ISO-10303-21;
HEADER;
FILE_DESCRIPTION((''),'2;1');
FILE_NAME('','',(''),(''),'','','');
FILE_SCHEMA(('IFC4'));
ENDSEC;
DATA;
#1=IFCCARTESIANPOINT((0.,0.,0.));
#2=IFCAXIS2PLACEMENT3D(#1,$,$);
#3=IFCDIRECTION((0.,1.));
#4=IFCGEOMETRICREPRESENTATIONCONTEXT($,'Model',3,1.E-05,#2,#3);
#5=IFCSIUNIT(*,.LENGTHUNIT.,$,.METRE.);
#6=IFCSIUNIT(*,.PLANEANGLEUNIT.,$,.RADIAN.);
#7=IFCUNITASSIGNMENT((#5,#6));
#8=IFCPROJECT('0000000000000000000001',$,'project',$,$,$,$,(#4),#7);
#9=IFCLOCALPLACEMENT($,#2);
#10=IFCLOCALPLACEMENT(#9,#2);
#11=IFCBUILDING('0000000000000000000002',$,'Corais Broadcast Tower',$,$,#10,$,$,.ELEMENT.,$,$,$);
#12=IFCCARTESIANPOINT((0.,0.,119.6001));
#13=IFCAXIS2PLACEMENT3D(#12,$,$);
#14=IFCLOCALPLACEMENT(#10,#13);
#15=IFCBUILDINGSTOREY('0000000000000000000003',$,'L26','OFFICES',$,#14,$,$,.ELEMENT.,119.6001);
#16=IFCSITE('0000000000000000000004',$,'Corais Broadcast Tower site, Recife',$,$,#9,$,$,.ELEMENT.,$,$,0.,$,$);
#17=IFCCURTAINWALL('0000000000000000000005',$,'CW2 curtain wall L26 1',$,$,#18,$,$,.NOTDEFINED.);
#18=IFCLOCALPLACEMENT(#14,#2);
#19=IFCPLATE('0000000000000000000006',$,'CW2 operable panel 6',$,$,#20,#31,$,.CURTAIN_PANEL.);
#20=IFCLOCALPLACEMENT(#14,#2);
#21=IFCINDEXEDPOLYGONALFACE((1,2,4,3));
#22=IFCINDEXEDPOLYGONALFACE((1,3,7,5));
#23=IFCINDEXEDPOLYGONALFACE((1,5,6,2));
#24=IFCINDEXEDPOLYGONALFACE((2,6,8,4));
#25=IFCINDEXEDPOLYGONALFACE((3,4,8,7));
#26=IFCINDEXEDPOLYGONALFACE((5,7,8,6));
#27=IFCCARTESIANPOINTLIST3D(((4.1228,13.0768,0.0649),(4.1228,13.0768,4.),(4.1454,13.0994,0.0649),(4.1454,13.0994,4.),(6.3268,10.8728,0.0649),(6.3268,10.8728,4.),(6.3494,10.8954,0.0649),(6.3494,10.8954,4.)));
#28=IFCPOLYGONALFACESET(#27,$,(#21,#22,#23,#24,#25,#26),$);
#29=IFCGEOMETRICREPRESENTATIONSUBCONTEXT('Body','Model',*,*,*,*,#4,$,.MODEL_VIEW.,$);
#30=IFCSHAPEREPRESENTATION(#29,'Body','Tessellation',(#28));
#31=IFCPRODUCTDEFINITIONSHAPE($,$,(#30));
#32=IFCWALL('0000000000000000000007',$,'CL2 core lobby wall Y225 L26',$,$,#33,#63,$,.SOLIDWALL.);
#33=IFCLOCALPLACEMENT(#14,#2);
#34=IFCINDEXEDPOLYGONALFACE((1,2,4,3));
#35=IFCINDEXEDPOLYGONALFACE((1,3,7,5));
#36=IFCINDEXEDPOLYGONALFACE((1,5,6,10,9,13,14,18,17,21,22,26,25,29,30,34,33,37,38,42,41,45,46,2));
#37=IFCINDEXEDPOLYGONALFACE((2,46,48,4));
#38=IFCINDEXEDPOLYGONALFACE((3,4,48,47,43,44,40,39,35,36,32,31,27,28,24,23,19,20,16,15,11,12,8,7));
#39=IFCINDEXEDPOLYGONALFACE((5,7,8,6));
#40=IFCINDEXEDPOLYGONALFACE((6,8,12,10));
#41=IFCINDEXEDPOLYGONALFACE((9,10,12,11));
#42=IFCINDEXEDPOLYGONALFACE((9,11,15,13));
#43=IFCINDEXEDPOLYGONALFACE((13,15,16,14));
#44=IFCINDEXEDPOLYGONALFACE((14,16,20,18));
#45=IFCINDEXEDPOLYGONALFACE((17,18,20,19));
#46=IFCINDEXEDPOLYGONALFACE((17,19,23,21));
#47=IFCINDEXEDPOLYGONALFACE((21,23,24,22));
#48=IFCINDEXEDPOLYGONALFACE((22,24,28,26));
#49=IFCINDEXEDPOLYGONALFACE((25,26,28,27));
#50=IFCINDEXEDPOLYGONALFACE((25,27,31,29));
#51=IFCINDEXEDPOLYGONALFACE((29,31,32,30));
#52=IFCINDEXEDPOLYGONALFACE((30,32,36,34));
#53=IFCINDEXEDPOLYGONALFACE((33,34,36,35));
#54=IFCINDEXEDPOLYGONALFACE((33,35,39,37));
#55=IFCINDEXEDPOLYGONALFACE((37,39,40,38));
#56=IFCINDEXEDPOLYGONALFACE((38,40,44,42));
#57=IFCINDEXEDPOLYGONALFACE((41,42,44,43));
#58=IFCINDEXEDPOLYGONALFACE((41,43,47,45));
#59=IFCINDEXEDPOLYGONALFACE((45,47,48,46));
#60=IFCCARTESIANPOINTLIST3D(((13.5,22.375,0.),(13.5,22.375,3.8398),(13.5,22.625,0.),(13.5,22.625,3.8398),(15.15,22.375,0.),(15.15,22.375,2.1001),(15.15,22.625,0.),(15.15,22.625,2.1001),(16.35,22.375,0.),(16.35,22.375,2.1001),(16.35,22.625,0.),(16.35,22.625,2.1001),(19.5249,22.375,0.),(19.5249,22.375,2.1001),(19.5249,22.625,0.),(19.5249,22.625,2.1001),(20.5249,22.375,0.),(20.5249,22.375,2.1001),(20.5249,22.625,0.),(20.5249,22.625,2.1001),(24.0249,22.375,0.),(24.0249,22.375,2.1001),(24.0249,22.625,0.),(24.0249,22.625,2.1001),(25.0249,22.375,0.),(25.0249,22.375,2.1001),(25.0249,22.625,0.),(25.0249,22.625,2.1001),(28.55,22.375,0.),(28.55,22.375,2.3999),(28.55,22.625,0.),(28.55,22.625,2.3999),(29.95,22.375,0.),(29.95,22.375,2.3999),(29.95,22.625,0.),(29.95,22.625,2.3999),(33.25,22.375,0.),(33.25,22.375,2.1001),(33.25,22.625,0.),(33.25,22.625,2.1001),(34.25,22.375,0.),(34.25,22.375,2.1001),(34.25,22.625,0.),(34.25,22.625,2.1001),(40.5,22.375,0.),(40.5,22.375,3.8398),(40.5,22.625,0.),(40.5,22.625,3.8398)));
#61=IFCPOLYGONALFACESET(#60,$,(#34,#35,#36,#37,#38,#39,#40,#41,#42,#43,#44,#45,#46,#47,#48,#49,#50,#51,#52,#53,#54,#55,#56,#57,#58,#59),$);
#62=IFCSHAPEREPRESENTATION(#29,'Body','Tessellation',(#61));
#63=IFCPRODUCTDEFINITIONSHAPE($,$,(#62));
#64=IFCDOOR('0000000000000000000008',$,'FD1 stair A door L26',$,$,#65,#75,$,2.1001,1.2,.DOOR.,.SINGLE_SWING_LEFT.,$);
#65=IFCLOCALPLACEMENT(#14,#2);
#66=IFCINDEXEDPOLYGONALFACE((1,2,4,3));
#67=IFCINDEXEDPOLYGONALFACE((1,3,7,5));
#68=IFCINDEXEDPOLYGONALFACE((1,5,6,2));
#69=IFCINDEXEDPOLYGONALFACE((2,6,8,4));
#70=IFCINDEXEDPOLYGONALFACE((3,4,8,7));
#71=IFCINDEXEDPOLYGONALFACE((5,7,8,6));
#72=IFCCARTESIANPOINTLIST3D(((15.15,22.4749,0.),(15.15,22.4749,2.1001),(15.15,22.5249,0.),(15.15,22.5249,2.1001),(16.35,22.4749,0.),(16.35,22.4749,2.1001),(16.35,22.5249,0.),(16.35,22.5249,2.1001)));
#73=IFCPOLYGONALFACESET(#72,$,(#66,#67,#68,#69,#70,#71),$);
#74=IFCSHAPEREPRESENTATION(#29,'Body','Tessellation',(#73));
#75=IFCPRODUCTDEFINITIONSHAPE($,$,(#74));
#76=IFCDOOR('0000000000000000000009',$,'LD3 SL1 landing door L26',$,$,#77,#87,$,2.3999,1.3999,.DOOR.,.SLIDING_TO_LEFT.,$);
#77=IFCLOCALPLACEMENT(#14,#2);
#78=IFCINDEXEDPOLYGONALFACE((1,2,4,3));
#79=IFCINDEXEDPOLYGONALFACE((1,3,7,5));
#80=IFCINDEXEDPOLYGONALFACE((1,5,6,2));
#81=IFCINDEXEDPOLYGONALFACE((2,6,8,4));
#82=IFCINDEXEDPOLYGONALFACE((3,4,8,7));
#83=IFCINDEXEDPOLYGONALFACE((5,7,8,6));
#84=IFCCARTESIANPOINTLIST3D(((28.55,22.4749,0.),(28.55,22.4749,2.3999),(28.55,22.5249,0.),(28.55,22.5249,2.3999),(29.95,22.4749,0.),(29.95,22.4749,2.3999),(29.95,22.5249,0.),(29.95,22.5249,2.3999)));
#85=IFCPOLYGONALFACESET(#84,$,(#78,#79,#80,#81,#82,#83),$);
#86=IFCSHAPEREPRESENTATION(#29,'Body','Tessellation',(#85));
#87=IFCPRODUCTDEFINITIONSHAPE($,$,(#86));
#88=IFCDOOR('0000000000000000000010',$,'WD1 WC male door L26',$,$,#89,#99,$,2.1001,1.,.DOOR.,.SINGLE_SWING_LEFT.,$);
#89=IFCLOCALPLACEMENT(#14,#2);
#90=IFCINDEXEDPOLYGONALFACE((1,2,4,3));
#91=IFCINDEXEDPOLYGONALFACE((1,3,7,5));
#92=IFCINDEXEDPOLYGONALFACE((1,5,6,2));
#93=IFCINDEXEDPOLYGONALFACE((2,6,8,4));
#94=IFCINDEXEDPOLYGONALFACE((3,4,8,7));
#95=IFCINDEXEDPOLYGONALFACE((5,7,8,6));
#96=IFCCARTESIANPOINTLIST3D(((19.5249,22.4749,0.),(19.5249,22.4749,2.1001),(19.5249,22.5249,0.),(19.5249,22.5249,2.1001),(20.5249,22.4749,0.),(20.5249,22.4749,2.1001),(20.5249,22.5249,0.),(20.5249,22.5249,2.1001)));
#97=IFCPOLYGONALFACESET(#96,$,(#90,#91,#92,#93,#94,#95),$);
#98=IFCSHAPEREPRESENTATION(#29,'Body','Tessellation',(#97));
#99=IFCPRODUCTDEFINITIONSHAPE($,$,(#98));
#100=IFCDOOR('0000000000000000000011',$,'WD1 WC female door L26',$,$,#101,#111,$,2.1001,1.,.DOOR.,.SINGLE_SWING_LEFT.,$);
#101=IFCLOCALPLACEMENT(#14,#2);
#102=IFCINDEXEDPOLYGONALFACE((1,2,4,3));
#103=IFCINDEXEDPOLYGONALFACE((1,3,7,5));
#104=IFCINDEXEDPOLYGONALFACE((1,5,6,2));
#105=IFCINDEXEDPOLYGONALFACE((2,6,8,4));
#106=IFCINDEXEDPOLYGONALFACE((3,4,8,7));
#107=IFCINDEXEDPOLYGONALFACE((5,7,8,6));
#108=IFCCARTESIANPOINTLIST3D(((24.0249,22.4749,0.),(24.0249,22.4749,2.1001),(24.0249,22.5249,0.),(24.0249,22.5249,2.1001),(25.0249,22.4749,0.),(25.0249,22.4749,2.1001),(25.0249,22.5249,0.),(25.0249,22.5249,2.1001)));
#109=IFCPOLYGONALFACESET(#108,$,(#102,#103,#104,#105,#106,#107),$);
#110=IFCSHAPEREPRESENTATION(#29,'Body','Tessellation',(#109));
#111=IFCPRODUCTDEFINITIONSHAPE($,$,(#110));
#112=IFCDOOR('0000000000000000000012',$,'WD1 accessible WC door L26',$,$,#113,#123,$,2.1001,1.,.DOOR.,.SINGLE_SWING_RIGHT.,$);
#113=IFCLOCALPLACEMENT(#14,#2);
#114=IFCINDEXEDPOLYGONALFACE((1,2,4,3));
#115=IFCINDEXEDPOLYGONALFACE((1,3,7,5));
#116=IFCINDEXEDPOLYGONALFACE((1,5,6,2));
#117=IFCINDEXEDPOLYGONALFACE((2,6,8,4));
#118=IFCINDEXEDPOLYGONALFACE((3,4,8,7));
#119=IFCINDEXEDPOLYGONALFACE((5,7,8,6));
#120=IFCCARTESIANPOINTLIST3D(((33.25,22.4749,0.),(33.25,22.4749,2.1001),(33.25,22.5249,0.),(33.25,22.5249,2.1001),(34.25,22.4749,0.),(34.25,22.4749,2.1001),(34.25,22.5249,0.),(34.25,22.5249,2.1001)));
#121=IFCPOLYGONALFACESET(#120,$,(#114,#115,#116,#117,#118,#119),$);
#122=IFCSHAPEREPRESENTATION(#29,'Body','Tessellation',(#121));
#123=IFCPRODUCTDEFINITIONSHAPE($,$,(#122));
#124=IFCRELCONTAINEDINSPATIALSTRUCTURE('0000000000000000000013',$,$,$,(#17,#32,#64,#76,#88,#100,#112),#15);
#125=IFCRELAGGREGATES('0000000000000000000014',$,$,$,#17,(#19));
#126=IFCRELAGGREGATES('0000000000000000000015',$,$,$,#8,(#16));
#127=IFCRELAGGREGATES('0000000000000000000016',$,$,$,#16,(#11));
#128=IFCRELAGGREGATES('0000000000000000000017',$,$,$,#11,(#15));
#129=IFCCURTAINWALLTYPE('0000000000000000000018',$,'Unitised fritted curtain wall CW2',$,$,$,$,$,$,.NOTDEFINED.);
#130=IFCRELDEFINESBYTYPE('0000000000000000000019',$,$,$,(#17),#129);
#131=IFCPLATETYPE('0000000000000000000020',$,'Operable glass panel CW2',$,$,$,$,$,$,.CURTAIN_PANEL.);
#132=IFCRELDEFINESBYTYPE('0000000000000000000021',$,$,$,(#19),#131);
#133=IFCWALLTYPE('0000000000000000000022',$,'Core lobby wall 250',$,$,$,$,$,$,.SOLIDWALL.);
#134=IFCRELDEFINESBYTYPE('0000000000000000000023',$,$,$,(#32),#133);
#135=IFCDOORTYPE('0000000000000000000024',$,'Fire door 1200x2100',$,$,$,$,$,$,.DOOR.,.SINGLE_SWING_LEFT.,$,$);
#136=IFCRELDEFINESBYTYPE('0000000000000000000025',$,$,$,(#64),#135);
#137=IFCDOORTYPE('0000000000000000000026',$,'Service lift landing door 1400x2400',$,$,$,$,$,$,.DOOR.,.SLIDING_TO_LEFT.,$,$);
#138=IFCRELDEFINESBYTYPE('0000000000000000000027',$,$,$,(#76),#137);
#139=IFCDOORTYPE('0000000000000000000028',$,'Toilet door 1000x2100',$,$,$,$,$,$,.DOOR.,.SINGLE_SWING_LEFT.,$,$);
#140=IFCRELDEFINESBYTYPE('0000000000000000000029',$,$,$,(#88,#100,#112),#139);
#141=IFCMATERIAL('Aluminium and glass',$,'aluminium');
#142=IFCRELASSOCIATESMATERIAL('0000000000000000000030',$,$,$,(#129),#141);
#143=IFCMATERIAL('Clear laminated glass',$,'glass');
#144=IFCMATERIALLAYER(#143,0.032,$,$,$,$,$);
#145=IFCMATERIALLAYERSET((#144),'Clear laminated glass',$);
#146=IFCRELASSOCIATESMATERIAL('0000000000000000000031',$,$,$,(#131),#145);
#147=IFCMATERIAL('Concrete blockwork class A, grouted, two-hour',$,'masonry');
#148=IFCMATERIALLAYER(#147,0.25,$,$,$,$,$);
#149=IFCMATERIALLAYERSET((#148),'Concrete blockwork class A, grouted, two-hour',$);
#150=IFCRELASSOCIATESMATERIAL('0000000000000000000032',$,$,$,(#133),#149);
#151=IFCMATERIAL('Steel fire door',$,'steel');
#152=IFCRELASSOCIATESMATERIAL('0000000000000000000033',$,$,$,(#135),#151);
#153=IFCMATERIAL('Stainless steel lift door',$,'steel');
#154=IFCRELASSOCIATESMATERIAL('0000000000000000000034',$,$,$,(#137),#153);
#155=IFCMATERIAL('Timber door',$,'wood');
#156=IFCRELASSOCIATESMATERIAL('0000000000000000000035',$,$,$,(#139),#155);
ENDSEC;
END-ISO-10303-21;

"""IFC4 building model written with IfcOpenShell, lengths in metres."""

from ifc_helpers import new_model, si_unit, direction, frame, frame_2d, origin, origin_2d, place, context, subcontext, project, spatial, rectangle, extrude, material, layer, layer_set, type_object, element, fill, aggregate, save


model = new_model("IFC4")

# Units and contexts
model_context = context("Model", 3, precision=1e-05, world=origin(), true_north=direction((0.0, 1.0)))
body_context = subcontext(model_context, "Body", "Model", "MODEL_VIEW")
ifc_project = project(units=[si_unit("LENGTHUNIT", "METRE"), si_unit("PLANEANGLEUNIT", "RADIAN")], contexts=[model_context])

# Site, building, storey
site_placement = place(None, origin())
site = spatial("IfcSite", under=ifc_project, at=site_placement, Name="Corais Broadcast Tower site, Recife", CompositionType="ELEMENT", RefElevation=0.0)
building_placement = place(site_placement, origin())
building = spatial("IfcBuilding", under=site, at=building_placement, Name="Corais Broadcast Tower", CompositionType="ELEMENT")
storey_placement = place(building_placement, frame((0.0, 0.0, 119.6001)))
storey = spatial("IfcBuildingStorey", under=building, at=storey_placement, Name="L26", Description="OFFICES", CompositionType="ELEMENT", Elevation=119.6001)

# Curtain wall, plate
ifc_material_1 = material(Name="Aluminium and glass", Category="aluminium")
curtain_wall_type = type_object("IfcCurtainWallType", Name="Unitised fritted curtain wall CW2", PredefinedType="NOTDEFINED", material=ifc_material_1)
curtain_wall_placement = place(storey_placement, origin())
curtain_wall = element("IfcCurtainWall", 1, at=curtain_wall_placement, inside=storey, type_object=curtain_wall_type, Name="CW2 curtain wall L26 1", PredefinedType="NOTDEFINED")
ifc_material_2 = material(Name="Clear laminated glass", Category="glass")
ifc_layer_1 = layer(ifc_material_2, 0.032)
ifc_layer_set_1 = layer_set([ifc_layer_1], Name="Clear laminated glass")
plate_type = type_object("IfcPlateType", Name="Operable glass panel CW2", PredefinedType="CURTAIN_PANEL", material=ifc_layer_set_1)
plate_placement = place(storey_placement, frame((5.2361, 11.9861, 0.0649), z_axis=(0.0, 0.0, 1.0), x_axis=(-0.707107, 0.707107, 0.0)))
plate = element("IfcPlate", 2, at=plate_placement, type_object=plate_type, Name="CW2 operable panel 6", PredefinedType="CURTAIN_PANEL", context=body_context, shape_type="SweptSolid", body=[
    extrude(rectangle(XDim=3.1169, YDim=0.032, at=origin_2d()), origin(), (0.0, 0.0, 1.0), 3.9351),
])
aggregate(curtain_wall, [plate])

# Wall, openings, doors
ifc_material_3 = material(Name="Concrete blockwork class A, grouted, two-hour", Category="masonry")
ifc_layer_2 = layer(ifc_material_3, 0.25)
ifc_layer_set_2 = layer_set([ifc_layer_2], Name="Concrete blockwork class A, grouted, two-hour")
wall_type_1 = type_object("IfcWallType", Name="Core lobby wall 250", PredefinedType="SOLIDWALL", material=ifc_layer_set_2)
wall_1_placement = place(storey_placement, frame((13.5, 22.5, 0.0), z_axis=(0.0, 0.0, 1.0), x_axis=(1.0, 0.0, 0.0)))
wall_1 = element("IfcWall", 3, at=wall_1_placement, inside=storey, type_object=wall_type_1, Name="CL2 core lobby wall Y225 L26", PredefinedType="SOLIDWALL", context=body_context, shape_type="SweptSolid", body=[
    extrude(rectangle(XDim=27.0, YDim=0.25, at=frame_2d((13.5, 0.0))), origin(), (0.0, 0.0, 1.0), 3.8398),
])
opening_1_placement = place(wall_1_placement, frame((1.6499, 0.0, 0.0)))
opening_1 = element("IfcOpeningElement", 4, at=opening_1_placement, cuts=wall_1, PredefinedType="OPENING", context=body_context, shape_type="SweptSolid", body=[
    extrude(rectangle(XDim=1.2, YDim=2.1001, at=frame_2d((0.6001, 1.05))), frame((0.0, 0.135, 0.0), z_axis=(0.0, -1.0, 0.0), x_axis=(1.0, 0.0, 0.0)), (0.0, 0.0, 1.0), 0.27),
])
opening_2_placement = place(wall_1_placement, frame((6.0249, 0.0, 0.0)))
opening_2 = element("IfcOpeningElement", 5, at=opening_2_placement, cuts=wall_1, PredefinedType="OPENING", context=body_context, shape_type="SweptSolid", body=[
    extrude(rectangle(XDim=1.0, YDim=2.1001, at=frame_2d((0.5, 1.05))), frame((0.0, 0.135, 0.0), z_axis=(0.0, -1.0, 0.0), x_axis=(1.0, 0.0, 0.0)), (0.0, 0.0, 1.0), 0.27),
])
opening_3_placement = place(wall_1_placement, frame((10.5249, 0.0, 0.0)))
opening_3 = element("IfcOpeningElement", 6, at=opening_3_placement, cuts=wall_1, PredefinedType="OPENING", context=body_context, shape_type="SweptSolid", body=[
    extrude(rectangle(XDim=1.0, YDim=2.1001, at=frame_2d((0.5, 1.05))), frame((0.0, 0.135, 0.0), z_axis=(0.0, -1.0, 0.0), x_axis=(1.0, 0.0, 0.0)), (0.0, 0.0, 1.0), 0.27),
])
opening_4_placement = place(wall_1_placement, frame((19.75, 0.0, 0.0)))
opening_4 = element("IfcOpeningElement", 7, at=opening_4_placement, cuts=wall_1, PredefinedType="OPENING", context=body_context, shape_type="SweptSolid", body=[
    extrude(rectangle(XDim=1.0, YDim=2.1001, at=frame_2d((0.5, 1.05))), frame((0.0, 0.135, 0.0), z_axis=(0.0, -1.0, 0.0), x_axis=(1.0, 0.0, 0.0)), (0.0, 0.0, 1.0), 0.27),
])
opening_5_placement = place(wall_1_placement, frame((15.05, 0.0, 0.0)))
opening_5 = element("IfcOpeningElement", 8, at=opening_5_placement, cuts=wall_1, PredefinedType="OPENING", context=body_context, shape_type="SweptSolid", body=[
    extrude(rectangle(XDim=1.3999, YDim=2.3999, at=frame_2d((0.7, 1.2))), frame((0.0, 0.135, 0.0), z_axis=(0.0, -1.0, 0.0), x_axis=(1.0, 0.0, 0.0)), (0.0, 0.0, 1.0), 0.27),
])
ifc_material_4 = material(Name="Steel fire door", Category="steel")
door_type_1 = type_object("IfcDoorType", Name="Fire door 1200x2100", OperationType="SINGLE_SWING_LEFT", PredefinedType="DOOR", material=ifc_material_4)
door_1_placement = place(opening_1_placement, origin())
door_1 = element("IfcDoor", 9, at=door_1_placement, inside=storey, type_object=door_type_1, Name="FD1 stair A door L26", OperationType="SINGLE_SWING_LEFT", OverallHeight=2.1001, OverallWidth=1.2, PredefinedType="DOOR", context=body_context, shape_type="SweptSolid", body=[
    extrude(rectangle(XDim=1.2, YDim=2.1001, at=frame_2d((0.6001, 1.05))), frame((0.0, 0.0249, 0.0), z_axis=(0.0, -1.0, 0.0), x_axis=(1.0, 0.0, 0.0)), (0.0, 0.0, 1.0), 0.05),
])
fill(opening_1, door_1)
ifc_material_5 = material(Name="Stainless steel lift door", Category="steel")
door_type_2 = type_object("IfcDoorType", Name="Service lift landing door 1400x2400", OperationType="SLIDING_TO_LEFT", PredefinedType="DOOR", material=ifc_material_5)
door_2_placement = place(opening_5_placement, origin())
door_2 = element("IfcDoor", 10, at=door_2_placement, inside=storey, type_object=door_type_2, Name="LD3 SL1 landing door L26", OperationType="SLIDING_TO_LEFT", OverallHeight=2.3999, OverallWidth=1.3999, PredefinedType="DOOR", context=body_context, shape_type="SweptSolid", body=[
    extrude(rectangle(XDim=1.3999, YDim=2.3999, at=frame_2d((0.7, 1.2))), frame((0.0, 0.0249, 0.0), z_axis=(0.0, -1.0, 0.0), x_axis=(1.0, 0.0, 0.0)), (0.0, 0.0, 1.0), 0.05),
])
fill(opening_5, door_2)
ifc_material_6 = material(Name="Timber door", Category="wood")
door_type_3 = type_object("IfcDoorType", Name="Toilet door 1000x2100", OperationType="SINGLE_SWING_LEFT", PredefinedType="DOOR", material=ifc_material_6)
door_3_placement = place(opening_2_placement, origin())
door_3 = element("IfcDoor", 11, at=door_3_placement, inside=storey, type_object=door_type_3, Name="WD1 WC male door L26", OperationType="SINGLE_SWING_LEFT", OverallHeight=2.1001, OverallWidth=1.0, PredefinedType="DOOR", context=body_context, shape_type="SweptSolid", body=[
    extrude(rectangle(XDim=1.0, YDim=2.1001, at=frame_2d((0.5, 1.05))), frame((0.0, 0.0249, 0.0), z_axis=(0.0, -1.0, 0.0), x_axis=(1.0, 0.0, 0.0)), (0.0, 0.0, 1.0), 0.05),
])
fill(opening_2, door_3)
door_4_placement = place(opening_3_placement, origin())
door_4 = element("IfcDoor", 12, at=door_4_placement, inside=storey, type_object=door_type_3, Name="WD1 WC female door L26", OperationType="SINGLE_SWING_LEFT", OverallHeight=2.1001, OverallWidth=1.0, PredefinedType="DOOR", context=body_context, shape_type="SweptSolid", body=[
    extrude(rectangle(XDim=1.0, YDim=2.1001, at=frame_2d((0.5, 1.05))), frame((0.0, 0.0249, 0.0), z_axis=(0.0, -1.0, 0.0), x_axis=(1.0, 0.0, 0.0)), (0.0, 0.0, 1.0), 0.05),
])
fill(opening_3, door_4)
door_5_placement = place(opening_4_placement, origin())
door_5 = element("IfcDoor", 13, at=door_5_placement, inside=storey, type_object=door_type_3, Name="WD1 accessible WC door L26", OperationType="SINGLE_SWING_RIGHT", OverallHeight=2.1001, OverallWidth=1.0, PredefinedType="DOOR", context=body_context, shape_type="SweptSolid", body=[
    extrude(rectangle(XDim=1.0, YDim=2.1001, at=frame_2d((0.5, 1.05))), frame((0.0, 0.0249, 0.0), z_axis=(0.0, -1.0, 0.0), x_axis=(1.0, 0.0, 0.0)), (0.0, 0.0, 1.0), 0.05),
])
fill(opening_4, door_5)

save(model, "model.ifc")
